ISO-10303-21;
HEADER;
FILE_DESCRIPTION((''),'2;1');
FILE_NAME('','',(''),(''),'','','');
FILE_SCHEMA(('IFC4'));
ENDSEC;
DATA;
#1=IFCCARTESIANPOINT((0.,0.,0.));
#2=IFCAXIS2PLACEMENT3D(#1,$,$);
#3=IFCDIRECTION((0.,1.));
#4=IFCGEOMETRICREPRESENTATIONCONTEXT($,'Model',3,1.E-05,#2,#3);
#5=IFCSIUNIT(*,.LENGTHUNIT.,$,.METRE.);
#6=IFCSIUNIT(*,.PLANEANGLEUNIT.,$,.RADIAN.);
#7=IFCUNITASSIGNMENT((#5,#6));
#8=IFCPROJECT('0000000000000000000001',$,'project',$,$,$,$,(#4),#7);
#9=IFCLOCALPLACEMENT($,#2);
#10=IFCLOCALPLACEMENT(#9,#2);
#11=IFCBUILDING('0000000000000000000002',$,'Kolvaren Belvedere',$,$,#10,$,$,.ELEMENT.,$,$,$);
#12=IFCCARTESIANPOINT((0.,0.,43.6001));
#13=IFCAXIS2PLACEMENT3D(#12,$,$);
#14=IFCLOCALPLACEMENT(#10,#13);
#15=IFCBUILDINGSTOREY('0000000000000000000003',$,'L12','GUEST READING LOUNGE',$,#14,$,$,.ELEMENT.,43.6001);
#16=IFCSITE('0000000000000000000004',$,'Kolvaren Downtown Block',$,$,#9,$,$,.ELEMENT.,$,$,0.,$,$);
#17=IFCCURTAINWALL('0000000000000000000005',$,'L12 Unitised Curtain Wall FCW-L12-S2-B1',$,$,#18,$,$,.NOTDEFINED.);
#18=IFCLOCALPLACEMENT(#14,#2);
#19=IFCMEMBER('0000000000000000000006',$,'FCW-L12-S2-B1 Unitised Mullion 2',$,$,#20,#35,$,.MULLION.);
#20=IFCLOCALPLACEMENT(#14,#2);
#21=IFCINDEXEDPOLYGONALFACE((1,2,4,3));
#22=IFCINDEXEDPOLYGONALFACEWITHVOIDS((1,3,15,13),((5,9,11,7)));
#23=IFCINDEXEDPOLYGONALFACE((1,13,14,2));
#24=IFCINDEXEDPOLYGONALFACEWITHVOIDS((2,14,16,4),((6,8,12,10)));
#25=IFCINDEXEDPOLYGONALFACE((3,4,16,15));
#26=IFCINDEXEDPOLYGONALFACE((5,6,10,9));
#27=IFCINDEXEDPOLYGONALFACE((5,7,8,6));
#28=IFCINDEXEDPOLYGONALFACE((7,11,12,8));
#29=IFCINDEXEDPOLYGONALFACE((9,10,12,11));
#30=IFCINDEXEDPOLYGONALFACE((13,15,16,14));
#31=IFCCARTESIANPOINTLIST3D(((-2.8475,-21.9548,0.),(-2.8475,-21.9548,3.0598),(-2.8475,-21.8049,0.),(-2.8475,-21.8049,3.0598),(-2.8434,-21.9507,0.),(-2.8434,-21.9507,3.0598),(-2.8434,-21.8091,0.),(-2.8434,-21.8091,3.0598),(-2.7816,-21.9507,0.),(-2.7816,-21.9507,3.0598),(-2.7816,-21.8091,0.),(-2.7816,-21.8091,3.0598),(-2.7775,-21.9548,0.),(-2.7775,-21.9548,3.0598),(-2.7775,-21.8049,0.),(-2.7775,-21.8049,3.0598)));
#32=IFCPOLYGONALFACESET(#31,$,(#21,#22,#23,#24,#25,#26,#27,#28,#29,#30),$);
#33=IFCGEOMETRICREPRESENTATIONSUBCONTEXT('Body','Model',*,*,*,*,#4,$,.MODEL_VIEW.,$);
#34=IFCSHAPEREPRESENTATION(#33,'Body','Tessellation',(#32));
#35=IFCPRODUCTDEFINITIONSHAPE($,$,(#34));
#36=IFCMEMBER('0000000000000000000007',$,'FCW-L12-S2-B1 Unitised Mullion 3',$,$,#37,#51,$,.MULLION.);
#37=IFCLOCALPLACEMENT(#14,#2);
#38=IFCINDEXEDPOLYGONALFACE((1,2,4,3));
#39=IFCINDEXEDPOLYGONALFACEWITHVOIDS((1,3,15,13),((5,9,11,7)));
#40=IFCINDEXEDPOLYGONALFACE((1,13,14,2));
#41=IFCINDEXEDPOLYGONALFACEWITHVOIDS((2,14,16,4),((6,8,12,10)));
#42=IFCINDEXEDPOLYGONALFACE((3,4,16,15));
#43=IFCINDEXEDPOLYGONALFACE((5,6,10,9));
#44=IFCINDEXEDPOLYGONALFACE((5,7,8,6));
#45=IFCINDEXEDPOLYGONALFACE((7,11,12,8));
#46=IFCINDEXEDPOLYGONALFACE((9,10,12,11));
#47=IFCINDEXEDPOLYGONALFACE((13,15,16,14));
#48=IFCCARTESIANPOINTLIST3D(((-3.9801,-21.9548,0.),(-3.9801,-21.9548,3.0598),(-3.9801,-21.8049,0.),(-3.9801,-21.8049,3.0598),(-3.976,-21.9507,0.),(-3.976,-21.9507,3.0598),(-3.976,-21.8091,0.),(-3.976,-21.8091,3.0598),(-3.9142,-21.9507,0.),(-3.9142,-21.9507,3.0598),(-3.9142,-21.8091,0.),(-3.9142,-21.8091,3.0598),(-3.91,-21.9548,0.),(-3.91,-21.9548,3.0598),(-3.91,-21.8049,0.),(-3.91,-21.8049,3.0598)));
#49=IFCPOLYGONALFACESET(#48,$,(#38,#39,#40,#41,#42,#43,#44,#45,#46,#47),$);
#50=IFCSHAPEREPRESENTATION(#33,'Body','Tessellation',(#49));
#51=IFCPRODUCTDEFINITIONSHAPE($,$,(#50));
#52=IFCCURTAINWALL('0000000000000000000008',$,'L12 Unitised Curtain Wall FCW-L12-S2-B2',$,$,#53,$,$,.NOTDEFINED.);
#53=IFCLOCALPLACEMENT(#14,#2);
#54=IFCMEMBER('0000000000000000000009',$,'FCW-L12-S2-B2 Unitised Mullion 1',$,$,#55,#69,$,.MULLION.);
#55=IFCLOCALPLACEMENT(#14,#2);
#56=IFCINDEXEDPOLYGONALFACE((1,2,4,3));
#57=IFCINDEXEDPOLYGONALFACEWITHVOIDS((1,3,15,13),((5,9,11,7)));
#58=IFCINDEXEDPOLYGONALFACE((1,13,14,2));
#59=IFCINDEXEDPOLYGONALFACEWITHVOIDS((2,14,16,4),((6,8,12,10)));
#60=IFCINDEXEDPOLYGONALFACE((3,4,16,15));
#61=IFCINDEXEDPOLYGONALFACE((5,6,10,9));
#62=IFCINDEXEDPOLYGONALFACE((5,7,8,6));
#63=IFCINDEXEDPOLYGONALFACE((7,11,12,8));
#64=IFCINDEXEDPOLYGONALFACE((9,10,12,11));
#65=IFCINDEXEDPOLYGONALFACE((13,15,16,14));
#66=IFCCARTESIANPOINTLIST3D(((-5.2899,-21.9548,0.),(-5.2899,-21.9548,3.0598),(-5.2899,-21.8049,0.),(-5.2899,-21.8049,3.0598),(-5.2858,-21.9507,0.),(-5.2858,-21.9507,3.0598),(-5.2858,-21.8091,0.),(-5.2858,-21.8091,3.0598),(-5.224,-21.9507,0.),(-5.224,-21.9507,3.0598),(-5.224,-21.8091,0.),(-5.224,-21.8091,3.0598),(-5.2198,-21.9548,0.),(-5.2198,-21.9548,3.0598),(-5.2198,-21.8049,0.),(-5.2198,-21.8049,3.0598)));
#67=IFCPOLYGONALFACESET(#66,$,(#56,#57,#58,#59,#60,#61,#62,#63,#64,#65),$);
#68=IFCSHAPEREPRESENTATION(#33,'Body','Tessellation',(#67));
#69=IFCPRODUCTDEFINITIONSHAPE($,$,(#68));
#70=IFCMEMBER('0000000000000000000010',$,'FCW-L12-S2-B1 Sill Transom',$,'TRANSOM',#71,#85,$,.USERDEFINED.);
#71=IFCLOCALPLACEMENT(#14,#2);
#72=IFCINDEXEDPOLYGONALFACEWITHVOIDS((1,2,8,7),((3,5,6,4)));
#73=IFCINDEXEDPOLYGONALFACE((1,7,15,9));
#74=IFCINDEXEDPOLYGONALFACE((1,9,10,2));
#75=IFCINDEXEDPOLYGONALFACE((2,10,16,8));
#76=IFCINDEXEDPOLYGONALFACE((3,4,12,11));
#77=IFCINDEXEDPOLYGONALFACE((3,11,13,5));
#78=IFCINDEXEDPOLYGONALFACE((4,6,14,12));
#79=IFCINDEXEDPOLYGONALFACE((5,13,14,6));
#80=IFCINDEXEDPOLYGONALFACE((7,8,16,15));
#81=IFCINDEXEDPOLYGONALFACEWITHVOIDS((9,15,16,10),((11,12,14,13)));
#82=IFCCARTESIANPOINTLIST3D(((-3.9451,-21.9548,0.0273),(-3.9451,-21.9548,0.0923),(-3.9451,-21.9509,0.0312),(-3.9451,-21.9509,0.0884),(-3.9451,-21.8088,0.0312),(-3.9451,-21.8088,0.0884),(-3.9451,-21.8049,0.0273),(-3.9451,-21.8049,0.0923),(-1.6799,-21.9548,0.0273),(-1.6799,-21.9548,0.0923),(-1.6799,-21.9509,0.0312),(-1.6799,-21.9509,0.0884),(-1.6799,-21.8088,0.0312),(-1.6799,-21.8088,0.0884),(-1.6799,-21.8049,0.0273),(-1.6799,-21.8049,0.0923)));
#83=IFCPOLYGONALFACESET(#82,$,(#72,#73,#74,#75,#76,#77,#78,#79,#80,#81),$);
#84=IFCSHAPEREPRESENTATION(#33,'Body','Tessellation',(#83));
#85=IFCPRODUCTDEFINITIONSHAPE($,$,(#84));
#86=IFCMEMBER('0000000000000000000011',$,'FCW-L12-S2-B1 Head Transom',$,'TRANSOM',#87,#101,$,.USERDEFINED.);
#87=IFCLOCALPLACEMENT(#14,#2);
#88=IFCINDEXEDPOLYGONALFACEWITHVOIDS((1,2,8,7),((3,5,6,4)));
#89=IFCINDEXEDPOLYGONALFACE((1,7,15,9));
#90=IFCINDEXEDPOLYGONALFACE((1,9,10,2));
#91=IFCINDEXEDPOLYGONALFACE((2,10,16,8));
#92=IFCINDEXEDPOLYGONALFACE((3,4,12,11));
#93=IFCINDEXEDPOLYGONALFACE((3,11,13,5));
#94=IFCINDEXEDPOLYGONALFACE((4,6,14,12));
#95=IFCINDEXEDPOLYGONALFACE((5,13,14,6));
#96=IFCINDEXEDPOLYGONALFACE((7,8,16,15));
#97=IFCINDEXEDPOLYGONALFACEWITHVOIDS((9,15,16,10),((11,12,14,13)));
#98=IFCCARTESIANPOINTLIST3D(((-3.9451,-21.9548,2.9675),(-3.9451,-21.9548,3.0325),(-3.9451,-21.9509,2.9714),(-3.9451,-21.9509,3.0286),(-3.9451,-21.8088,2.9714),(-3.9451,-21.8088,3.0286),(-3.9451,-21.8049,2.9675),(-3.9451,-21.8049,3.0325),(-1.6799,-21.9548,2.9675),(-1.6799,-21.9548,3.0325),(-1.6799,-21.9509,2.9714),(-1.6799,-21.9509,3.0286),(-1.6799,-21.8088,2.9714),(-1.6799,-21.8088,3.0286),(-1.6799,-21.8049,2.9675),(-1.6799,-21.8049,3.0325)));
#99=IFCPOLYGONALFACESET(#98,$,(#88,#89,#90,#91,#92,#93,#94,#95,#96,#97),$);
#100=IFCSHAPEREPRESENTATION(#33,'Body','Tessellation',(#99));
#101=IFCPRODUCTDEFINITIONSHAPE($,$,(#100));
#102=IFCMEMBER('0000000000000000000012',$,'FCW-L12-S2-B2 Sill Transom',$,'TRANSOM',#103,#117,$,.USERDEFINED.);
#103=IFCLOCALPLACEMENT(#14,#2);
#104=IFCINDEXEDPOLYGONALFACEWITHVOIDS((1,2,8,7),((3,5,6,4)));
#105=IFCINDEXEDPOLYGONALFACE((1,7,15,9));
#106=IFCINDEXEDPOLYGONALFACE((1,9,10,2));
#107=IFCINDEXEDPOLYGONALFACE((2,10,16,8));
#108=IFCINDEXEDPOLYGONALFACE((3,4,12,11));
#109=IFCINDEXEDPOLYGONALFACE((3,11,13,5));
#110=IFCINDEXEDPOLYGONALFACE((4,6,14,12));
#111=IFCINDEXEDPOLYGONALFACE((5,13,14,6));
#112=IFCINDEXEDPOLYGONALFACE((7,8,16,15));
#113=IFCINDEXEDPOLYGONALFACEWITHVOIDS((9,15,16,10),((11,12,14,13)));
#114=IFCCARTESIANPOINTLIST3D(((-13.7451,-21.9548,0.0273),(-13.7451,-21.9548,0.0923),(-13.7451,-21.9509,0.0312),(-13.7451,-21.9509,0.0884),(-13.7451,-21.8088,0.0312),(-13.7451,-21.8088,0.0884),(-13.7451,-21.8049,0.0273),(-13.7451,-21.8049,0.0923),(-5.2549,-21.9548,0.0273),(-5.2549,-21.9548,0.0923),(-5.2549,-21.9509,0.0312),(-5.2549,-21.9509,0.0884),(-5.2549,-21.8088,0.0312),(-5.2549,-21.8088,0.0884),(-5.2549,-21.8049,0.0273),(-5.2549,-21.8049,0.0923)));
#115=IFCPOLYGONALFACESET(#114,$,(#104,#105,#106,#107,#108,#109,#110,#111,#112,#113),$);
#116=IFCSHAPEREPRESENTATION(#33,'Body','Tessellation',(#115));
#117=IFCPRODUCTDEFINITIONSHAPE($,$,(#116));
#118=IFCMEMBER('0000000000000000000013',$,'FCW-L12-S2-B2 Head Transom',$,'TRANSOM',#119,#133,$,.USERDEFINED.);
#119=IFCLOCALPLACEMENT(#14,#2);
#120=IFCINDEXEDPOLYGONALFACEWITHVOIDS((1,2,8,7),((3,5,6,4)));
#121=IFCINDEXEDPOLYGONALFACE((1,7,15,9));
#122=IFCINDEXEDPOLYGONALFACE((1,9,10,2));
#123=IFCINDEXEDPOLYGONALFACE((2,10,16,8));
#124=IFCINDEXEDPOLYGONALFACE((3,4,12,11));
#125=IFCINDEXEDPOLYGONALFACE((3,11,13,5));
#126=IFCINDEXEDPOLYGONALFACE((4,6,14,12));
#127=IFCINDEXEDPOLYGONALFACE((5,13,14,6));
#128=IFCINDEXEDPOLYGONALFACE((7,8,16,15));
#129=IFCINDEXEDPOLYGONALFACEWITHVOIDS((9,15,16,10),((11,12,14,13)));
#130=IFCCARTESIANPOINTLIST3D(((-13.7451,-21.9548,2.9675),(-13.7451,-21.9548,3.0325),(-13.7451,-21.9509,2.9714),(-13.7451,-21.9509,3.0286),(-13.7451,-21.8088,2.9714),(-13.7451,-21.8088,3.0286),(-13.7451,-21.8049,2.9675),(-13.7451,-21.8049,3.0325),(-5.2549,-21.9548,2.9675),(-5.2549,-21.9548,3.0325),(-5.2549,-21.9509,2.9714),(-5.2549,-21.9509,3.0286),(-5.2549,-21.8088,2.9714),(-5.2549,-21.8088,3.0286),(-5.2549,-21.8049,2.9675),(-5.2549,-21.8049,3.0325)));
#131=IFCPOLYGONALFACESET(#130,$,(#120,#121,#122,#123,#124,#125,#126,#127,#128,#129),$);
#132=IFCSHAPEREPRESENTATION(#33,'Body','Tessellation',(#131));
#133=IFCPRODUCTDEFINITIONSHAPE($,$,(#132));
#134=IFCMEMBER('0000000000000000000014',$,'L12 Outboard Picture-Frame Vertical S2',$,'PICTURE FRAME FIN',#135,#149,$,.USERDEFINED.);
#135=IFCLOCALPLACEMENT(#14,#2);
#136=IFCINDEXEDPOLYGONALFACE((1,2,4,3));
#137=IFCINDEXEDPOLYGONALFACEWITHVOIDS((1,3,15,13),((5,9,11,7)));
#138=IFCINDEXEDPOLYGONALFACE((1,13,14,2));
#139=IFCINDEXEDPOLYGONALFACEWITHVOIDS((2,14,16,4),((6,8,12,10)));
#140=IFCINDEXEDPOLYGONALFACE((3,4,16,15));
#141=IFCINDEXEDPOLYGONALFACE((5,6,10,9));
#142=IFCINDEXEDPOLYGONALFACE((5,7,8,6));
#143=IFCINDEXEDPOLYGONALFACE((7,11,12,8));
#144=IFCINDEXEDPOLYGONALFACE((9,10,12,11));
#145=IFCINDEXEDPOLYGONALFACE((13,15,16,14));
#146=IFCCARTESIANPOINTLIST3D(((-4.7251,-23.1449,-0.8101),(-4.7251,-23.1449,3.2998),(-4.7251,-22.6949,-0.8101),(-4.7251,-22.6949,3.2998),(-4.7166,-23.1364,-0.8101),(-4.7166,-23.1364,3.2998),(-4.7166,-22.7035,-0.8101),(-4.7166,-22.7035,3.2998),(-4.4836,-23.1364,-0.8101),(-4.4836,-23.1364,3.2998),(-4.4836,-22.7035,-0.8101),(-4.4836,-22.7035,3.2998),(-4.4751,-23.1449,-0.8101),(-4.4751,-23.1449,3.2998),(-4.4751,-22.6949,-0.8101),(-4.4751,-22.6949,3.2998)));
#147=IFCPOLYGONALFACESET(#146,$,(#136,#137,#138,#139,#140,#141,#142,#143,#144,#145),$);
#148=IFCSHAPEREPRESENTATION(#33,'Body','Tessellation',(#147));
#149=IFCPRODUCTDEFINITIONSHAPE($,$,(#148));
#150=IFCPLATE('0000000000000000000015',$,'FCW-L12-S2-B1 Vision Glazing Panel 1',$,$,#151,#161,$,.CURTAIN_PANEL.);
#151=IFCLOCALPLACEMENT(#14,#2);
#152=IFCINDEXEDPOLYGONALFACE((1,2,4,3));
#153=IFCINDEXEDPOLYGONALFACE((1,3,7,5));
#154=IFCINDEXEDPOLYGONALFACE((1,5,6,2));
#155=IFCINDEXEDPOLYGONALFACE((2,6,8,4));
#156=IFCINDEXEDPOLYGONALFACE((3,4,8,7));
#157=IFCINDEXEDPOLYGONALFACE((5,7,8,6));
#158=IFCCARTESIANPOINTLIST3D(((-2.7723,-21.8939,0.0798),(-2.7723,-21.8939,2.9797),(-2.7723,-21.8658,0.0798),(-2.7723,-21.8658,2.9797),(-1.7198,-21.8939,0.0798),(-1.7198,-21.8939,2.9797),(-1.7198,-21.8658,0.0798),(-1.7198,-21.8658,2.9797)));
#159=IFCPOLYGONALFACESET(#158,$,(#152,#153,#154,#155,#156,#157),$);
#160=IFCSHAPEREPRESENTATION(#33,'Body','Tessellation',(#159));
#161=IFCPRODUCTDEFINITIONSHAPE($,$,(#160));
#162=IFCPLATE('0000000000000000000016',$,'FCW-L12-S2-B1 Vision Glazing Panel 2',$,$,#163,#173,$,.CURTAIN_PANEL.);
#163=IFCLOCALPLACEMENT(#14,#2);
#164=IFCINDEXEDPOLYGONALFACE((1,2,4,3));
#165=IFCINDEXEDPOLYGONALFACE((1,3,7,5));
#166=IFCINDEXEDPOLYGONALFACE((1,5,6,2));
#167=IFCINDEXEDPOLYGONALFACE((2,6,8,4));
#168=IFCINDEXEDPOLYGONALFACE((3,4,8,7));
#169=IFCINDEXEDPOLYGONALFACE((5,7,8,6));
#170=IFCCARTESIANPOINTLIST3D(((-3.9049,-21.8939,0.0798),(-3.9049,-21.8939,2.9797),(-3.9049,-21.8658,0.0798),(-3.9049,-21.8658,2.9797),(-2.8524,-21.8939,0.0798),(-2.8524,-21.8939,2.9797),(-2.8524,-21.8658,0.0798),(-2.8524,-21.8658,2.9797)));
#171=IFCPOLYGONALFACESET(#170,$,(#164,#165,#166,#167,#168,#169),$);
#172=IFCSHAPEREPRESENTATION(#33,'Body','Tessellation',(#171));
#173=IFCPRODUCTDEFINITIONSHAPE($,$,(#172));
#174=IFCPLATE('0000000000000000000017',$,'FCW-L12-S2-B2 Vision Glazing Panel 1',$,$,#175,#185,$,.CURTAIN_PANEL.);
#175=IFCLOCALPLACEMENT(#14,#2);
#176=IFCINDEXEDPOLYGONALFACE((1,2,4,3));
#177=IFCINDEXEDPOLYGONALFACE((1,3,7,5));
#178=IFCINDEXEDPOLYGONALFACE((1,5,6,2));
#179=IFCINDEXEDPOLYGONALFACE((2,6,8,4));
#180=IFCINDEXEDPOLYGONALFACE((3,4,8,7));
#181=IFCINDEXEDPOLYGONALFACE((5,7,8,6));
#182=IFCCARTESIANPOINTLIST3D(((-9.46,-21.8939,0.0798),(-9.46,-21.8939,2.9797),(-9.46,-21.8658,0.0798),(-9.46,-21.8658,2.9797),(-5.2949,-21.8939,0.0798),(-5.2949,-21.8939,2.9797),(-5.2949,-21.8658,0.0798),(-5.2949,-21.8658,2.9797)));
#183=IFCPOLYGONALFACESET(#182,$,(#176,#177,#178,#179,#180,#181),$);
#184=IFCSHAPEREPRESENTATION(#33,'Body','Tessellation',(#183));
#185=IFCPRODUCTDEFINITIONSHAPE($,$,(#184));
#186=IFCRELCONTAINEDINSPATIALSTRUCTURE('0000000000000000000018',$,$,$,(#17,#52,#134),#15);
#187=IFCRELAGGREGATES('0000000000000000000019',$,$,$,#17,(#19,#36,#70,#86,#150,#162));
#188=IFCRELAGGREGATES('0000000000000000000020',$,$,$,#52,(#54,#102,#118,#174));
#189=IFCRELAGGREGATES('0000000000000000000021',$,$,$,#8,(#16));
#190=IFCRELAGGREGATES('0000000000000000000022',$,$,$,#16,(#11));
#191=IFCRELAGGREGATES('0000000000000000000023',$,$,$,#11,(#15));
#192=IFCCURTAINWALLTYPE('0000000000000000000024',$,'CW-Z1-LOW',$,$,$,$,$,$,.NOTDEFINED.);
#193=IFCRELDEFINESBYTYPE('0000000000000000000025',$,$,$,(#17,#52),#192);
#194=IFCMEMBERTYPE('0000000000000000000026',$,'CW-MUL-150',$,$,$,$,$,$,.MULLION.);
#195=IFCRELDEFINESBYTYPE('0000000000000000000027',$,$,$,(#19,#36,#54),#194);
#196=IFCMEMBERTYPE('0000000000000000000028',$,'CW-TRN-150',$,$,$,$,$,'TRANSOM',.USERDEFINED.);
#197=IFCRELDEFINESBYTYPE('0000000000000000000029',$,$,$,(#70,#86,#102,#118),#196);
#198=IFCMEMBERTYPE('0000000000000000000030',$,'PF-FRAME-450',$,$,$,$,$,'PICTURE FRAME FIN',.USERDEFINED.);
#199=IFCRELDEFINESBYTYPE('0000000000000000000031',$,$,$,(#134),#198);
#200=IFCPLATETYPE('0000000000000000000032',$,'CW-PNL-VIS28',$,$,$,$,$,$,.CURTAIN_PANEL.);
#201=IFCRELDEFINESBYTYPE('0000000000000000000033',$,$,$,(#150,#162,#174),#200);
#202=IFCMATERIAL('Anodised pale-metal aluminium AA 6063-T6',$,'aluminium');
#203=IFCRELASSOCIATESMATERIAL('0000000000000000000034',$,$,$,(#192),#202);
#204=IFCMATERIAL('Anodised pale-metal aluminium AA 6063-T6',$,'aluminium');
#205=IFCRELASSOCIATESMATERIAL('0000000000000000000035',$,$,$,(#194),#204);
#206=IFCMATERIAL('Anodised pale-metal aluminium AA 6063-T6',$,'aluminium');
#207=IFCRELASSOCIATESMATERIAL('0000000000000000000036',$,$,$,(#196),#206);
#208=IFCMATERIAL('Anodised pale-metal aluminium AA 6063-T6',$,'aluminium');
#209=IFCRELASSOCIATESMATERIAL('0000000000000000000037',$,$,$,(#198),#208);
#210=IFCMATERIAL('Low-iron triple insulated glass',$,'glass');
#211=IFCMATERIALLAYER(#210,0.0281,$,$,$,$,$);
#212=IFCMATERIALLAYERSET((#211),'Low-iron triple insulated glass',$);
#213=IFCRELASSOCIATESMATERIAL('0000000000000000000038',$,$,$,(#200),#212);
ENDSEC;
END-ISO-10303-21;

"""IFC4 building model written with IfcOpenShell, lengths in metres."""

from ifc_helpers import new_model, si_unit, direction, frame, origin, origin_2d, place, context, subcontext, project, spatial, rectangle, hollow_rectangle, extrude, material, layer, layer_set, material_profile, profile_set, type_object, element, aggregate, save


model = new_model("IFC4")

# Units and contexts
model_context = context("Model", 3, precision=1e-05, world=origin(), true_north=direction((0.0, 1.0)))
body_context = subcontext(model_context, "Body", "Model", "MODEL_VIEW")
ifc_project = project(units=[si_unit("LENGTHUNIT", "METRE"), si_unit("PLANEANGLEUNIT", "RADIAN")], contexts=[model_context])

# Site, building, storey
site_placement = place(None, origin())
site = spatial("IfcSite", under=ifc_project, at=site_placement, Name="Kolvaren Downtown Block", CompositionType="ELEMENT", RefElevation=0.0)
building_placement = place(site_placement, origin())
building = spatial("IfcBuilding", under=site, at=building_placement, Name="Kolvaren Belvedere", CompositionType="ELEMENT")
storey_placement = place(building_placement, frame((0.0, 0.0, 43.6001)))
storey = spatial("IfcBuildingStorey", under=building, at=storey_placement, Name="L12", Description="GUEST READING LOUNGE", CompositionType="ELEMENT", Elevation=43.6001)

# Curtain wall, members
ifc_material_1 = material(Name="Anodised pale-metal aluminium AA 6063-T6", Category="aluminium")
curtain_wall_type = type_object("IfcCurtainWallType", Name="CW-Z1-LOW", PredefinedType="NOTDEFINED", material=ifc_material_1)
curtain_wall_1_placement = place(storey_placement, origin())
curtain_wall_1 = element("IfcCurtainWall", 1, at=curtain_wall_1_placement, inside=storey, type_object=curtain_wall_type, Name="L12 Unitised Curtain Wall FCW-L12-S2-B1", PredefinedType="NOTDEFINED")
ifc_material_2 = material(Name="Anodised pale-metal aluminium AA 6063-T6", Category="aluminium")
ifc_material_profile_1 = material_profile(ifc_material_2, hollow_rectangle(XDim=0.0701, YDim=0.1499, WallThickness=0.0042, at=origin_2d()), Name="ALU-MUL-150X70")
ifc_profile_set_1 = profile_set([ifc_material_profile_1], Name="Anodised pale-metal aluminium AA 6063-T6")
member_type_1 = type_object("IfcMemberType", Name="CW-MUL-150", PredefinedType="MULLION", material=ifc_profile_set_1)
member_1_placement = place(storey_placement, frame((-2.8125, -21.8799, 0.0), z_axis=(0.0, 0.0, 1.0), x_axis=(1.0, 0.0, 0.0)))
member_1 = element("IfcMember", 2, at=member_1_placement, type_object=member_type_1, Name="FCW-L12-S2-B1 Unitised Mullion 2", PredefinedType="MULLION", context=body_context, shape_type="SweptSolid", body=[
    extrude(hollow_rectangle(XDim=0.0701, YDim=0.1499, WallThickness=0.0042, at=origin_2d()), origin(), (0.0, 0.0, 1.0), 3.0598),
])
member_2_placement = place(storey_placement, frame((-3.9451, -21.8799, 0.0), z_axis=(0.0, 0.0, 1.0), x_axis=(1.0, 0.0, 0.0)))
member_2 = element("IfcMember", 3, at=member_2_placement, type_object=member_type_1, Name="FCW-L12-S2-B1 Unitised Mullion 3", PredefinedType="MULLION", context=body_context, shape_type="SweptSolid", body=[
    extrude(hollow_rectangle(XDim=0.0701, YDim=0.1499, WallThickness=0.0042, at=origin_2d()), origin(), (0.0, 0.0, 1.0), 3.0598),
])

# Curtain wall, member
curtain_wall_2_placement = place(storey_placement, origin())
curtain_wall_2 = element("IfcCurtainWall", 4, at=curtain_wall_2_placement, inside=storey, type_object=curtain_wall_type, Name="L12 Unitised Curtain Wall FCW-L12-S2-B2", PredefinedType="NOTDEFINED")
member_3_placement = place(storey_placement, frame((-5.2549, -21.8799, 0.0), z_axis=(0.0, 0.0, 1.0), x_axis=(1.0, 0.0, 0.0)))
member_3 = element("IfcMember", 5, at=member_3_placement, type_object=member_type_1, Name="FCW-L12-S2-B2 Unitised Mullion 1", PredefinedType="MULLION", context=body_context, shape_type="SweptSolid", body=[
    extrude(hollow_rectangle(XDim=0.0701, YDim=0.1499, WallThickness=0.0042, at=origin_2d()), origin(), (0.0, 0.0, 1.0), 3.0598),
])

# Members
ifc_material_3 = material(Name="Anodised pale-metal aluminium AA 6063-T6", Category="aluminium")
ifc_material_profile_2 = material_profile(ifc_material_3, hollow_rectangle(XDim=0.0649, YDim=0.1499, WallThickness=0.0039, at=origin_2d()), Name="ALU-TRN-150X65")
ifc_profile_set_2 = profile_set([ifc_material_profile_2], Name="Anodised pale-metal aluminium AA 6063-T6")
member_type_2 = type_object("IfcMemberType", Name="CW-TRN-150", ElementType="TRANSOM", PredefinedType="USERDEFINED", material=ifc_profile_set_2)
member_4_placement = place(storey_placement, frame((-1.6799, -21.8799, 0.0598), z_axis=(-1.0, 0.0, 0.0), x_axis=(0.0, 0.0, 1.0)))
member_4 = element("IfcMember", 6, at=member_4_placement, type_object=member_type_2, Name="FCW-L12-S2-B1 Sill Transom", ObjectType="TRANSOM", PredefinedType="USERDEFINED", context=body_context, shape_type="SweptSolid", body=[
    extrude(hollow_rectangle(XDim=0.0649, YDim=0.1499, WallThickness=0.0039, at=origin_2d()), origin(), (0.0, 0.0, 1.0), 2.2651),
])
member_5_placement = place(storey_placement, frame((-1.6799, -21.8799, 3.0), z_axis=(-1.0, 0.0, 0.0), x_axis=(0.0, 0.0, 1.0)))
member_5 = element("IfcMember", 7, at=member_5_placement, type_object=member_type_2, Name="FCW-L12-S2-B1 Head Transom", ObjectType="TRANSOM", PredefinedType="USERDEFINED", context=body_context, shape_type="SweptSolid", body=[
    extrude(hollow_rectangle(XDim=0.0649, YDim=0.1499, WallThickness=0.0039, at=origin_2d()), origin(), (0.0, 0.0, 1.0), 2.2651),
])
member_6_placement = place(storey_placement, frame((-5.2549, -21.8799, 0.0598), z_axis=(-1.0, 0.0, 0.0), x_axis=(0.0, 0.0, 1.0)))
member_6 = element("IfcMember", 8, at=member_6_placement, type_object=member_type_2, Name="FCW-L12-S2-B2 Sill Transom", ObjectType="TRANSOM", PredefinedType="USERDEFINED", context=body_context, shape_type="SweptSolid", body=[
    extrude(hollow_rectangle(XDim=0.0649, YDim=0.1499, WallThickness=0.0039, at=origin_2d()), origin(), (0.0, 0.0, 1.0), 8.4902),
])
member_7_placement = place(storey_placement, frame((-5.2549, -21.8799, 3.0), z_axis=(-1.0, 0.0, 0.0), x_axis=(0.0, 0.0, 1.0)))
member_7 = element("IfcMember", 9, at=member_7_placement, type_object=member_type_2, Name="FCW-L12-S2-B2 Head Transom", ObjectType="TRANSOM", PredefinedType="USERDEFINED", context=body_context, shape_type="SweptSolid", body=[
    extrude(hollow_rectangle(XDim=0.0649, YDim=0.1499, WallThickness=0.0039, at=origin_2d()), origin(), (0.0, 0.0, 1.0), 8.4902),
])
ifc_material_4 = material(Name="Anodised pale-metal aluminium AA 6063-T6", Category="aluminium")
ifc_material_profile_3 = material_profile(ifc_material_4, hollow_rectangle(XDim=0.25, YDim=0.45, WallThickness=0.0085, at=origin_2d()), Name="ALU-PF-450X250")
ifc_profile_set_3 = profile_set([ifc_material_profile_3], Name="Anodised pale-metal aluminium AA 6063-T6")
member_type_3 = type_object("IfcMemberType", Name="PF-FRAME-450", ElementType="PICTURE FRAME FIN", PredefinedType="USERDEFINED", material=ifc_profile_set_3)
member_8_placement = place(storey_placement, frame((-4.6001, -22.9199, -0.8101), z_axis=(0.0, 0.0, 1.0), x_axis=(1.0, 0.0, 0.0)))
element("IfcMember", 10, at=member_8_placement, inside=storey, type_object=member_type_3, Name="L12 Outboard Picture-Frame Vertical S2", ObjectType="PICTURE FRAME FIN", PredefinedType="USERDEFINED", context=body_context, shape_type="SweptSolid", body=[
    extrude(hollow_rectangle(XDim=0.25, YDim=0.45, WallThickness=0.0085, at=origin_2d()), origin(), (0.0, 0.0, 1.0), 4.1099),
])

# Plates
ifc_material_5 = material(Name="Low-iron triple insulated glass", Category="glass")
ifc_layer_1 = layer(ifc_material_5, 0.0281)
ifc_layer_set_1 = layer_set([ifc_layer_1], Name="Low-iron triple insulated glass")
plate_type_1 = type_object("IfcPlateType", Name="CW-PNL-VIS28", PredefinedType="CURTAIN_PANEL", material=ifc_layer_set_1)
plate_1_placement = place(storey_placement, frame((-2.2461, -21.8799, 0.0798), z_axis=(0.0, 0.0, 1.0), x_axis=(-1.0, 0.0, 0.0)))
plate_1 = element("IfcPlate", 11, at=plate_1_placement, type_object=plate_type_1, Name="FCW-L12-S2-B1 Vision Glazing Panel 1", PredefinedType="CURTAIN_PANEL", context=body_context, shape_type="SweptSolid", body=[
    extrude(rectangle(XDim=1.0525, YDim=0.0281, at=origin_2d()), origin(), (0.0, 0.0, 1.0), 2.8999),
])
plate_2_placement = place(storey_placement, frame((-3.3787, -21.8799, 0.0798), z_axis=(0.0, 0.0, 1.0), x_axis=(-1.0, 0.0, 0.0)))
plate_2 = element("IfcPlate", 12, at=plate_2_placement, type_object=plate_type_1, Name="FCW-L12-S2-B1 Vision Glazing Panel 2", PredefinedType="CURTAIN_PANEL", context=body_context, shape_type="SweptSolid", body=[
    extrude(rectangle(XDim=1.0525, YDim=0.0281, at=origin_2d()), origin(), (0.0, 0.0, 1.0), 2.8999),
])
aggregate(curtain_wall_1, [member_1, member_2, member_4, member_5, plate_1, plate_2])
plate_3_placement = place(storey_placement, frame((-7.3774, -21.8799, 0.0798), z_axis=(0.0, 0.0, 1.0), x_axis=(-1.0, 0.0, 0.0)))
plate_3 = element("IfcPlate", 13, at=plate_3_placement, type_object=plate_type_1, Name="FCW-L12-S2-B2 Vision Glazing Panel 1", PredefinedType="CURTAIN_PANEL", context=body_context, shape_type="SweptSolid", body=[
    extrude(rectangle(XDim=4.165, YDim=0.0281, at=origin_2d()), origin(), (0.0, 0.0, 1.0), 2.8999),
])
aggregate(curtain_wall_2, [member_3, member_6, member_7, plate_3])

save(model, "model.ifc")
